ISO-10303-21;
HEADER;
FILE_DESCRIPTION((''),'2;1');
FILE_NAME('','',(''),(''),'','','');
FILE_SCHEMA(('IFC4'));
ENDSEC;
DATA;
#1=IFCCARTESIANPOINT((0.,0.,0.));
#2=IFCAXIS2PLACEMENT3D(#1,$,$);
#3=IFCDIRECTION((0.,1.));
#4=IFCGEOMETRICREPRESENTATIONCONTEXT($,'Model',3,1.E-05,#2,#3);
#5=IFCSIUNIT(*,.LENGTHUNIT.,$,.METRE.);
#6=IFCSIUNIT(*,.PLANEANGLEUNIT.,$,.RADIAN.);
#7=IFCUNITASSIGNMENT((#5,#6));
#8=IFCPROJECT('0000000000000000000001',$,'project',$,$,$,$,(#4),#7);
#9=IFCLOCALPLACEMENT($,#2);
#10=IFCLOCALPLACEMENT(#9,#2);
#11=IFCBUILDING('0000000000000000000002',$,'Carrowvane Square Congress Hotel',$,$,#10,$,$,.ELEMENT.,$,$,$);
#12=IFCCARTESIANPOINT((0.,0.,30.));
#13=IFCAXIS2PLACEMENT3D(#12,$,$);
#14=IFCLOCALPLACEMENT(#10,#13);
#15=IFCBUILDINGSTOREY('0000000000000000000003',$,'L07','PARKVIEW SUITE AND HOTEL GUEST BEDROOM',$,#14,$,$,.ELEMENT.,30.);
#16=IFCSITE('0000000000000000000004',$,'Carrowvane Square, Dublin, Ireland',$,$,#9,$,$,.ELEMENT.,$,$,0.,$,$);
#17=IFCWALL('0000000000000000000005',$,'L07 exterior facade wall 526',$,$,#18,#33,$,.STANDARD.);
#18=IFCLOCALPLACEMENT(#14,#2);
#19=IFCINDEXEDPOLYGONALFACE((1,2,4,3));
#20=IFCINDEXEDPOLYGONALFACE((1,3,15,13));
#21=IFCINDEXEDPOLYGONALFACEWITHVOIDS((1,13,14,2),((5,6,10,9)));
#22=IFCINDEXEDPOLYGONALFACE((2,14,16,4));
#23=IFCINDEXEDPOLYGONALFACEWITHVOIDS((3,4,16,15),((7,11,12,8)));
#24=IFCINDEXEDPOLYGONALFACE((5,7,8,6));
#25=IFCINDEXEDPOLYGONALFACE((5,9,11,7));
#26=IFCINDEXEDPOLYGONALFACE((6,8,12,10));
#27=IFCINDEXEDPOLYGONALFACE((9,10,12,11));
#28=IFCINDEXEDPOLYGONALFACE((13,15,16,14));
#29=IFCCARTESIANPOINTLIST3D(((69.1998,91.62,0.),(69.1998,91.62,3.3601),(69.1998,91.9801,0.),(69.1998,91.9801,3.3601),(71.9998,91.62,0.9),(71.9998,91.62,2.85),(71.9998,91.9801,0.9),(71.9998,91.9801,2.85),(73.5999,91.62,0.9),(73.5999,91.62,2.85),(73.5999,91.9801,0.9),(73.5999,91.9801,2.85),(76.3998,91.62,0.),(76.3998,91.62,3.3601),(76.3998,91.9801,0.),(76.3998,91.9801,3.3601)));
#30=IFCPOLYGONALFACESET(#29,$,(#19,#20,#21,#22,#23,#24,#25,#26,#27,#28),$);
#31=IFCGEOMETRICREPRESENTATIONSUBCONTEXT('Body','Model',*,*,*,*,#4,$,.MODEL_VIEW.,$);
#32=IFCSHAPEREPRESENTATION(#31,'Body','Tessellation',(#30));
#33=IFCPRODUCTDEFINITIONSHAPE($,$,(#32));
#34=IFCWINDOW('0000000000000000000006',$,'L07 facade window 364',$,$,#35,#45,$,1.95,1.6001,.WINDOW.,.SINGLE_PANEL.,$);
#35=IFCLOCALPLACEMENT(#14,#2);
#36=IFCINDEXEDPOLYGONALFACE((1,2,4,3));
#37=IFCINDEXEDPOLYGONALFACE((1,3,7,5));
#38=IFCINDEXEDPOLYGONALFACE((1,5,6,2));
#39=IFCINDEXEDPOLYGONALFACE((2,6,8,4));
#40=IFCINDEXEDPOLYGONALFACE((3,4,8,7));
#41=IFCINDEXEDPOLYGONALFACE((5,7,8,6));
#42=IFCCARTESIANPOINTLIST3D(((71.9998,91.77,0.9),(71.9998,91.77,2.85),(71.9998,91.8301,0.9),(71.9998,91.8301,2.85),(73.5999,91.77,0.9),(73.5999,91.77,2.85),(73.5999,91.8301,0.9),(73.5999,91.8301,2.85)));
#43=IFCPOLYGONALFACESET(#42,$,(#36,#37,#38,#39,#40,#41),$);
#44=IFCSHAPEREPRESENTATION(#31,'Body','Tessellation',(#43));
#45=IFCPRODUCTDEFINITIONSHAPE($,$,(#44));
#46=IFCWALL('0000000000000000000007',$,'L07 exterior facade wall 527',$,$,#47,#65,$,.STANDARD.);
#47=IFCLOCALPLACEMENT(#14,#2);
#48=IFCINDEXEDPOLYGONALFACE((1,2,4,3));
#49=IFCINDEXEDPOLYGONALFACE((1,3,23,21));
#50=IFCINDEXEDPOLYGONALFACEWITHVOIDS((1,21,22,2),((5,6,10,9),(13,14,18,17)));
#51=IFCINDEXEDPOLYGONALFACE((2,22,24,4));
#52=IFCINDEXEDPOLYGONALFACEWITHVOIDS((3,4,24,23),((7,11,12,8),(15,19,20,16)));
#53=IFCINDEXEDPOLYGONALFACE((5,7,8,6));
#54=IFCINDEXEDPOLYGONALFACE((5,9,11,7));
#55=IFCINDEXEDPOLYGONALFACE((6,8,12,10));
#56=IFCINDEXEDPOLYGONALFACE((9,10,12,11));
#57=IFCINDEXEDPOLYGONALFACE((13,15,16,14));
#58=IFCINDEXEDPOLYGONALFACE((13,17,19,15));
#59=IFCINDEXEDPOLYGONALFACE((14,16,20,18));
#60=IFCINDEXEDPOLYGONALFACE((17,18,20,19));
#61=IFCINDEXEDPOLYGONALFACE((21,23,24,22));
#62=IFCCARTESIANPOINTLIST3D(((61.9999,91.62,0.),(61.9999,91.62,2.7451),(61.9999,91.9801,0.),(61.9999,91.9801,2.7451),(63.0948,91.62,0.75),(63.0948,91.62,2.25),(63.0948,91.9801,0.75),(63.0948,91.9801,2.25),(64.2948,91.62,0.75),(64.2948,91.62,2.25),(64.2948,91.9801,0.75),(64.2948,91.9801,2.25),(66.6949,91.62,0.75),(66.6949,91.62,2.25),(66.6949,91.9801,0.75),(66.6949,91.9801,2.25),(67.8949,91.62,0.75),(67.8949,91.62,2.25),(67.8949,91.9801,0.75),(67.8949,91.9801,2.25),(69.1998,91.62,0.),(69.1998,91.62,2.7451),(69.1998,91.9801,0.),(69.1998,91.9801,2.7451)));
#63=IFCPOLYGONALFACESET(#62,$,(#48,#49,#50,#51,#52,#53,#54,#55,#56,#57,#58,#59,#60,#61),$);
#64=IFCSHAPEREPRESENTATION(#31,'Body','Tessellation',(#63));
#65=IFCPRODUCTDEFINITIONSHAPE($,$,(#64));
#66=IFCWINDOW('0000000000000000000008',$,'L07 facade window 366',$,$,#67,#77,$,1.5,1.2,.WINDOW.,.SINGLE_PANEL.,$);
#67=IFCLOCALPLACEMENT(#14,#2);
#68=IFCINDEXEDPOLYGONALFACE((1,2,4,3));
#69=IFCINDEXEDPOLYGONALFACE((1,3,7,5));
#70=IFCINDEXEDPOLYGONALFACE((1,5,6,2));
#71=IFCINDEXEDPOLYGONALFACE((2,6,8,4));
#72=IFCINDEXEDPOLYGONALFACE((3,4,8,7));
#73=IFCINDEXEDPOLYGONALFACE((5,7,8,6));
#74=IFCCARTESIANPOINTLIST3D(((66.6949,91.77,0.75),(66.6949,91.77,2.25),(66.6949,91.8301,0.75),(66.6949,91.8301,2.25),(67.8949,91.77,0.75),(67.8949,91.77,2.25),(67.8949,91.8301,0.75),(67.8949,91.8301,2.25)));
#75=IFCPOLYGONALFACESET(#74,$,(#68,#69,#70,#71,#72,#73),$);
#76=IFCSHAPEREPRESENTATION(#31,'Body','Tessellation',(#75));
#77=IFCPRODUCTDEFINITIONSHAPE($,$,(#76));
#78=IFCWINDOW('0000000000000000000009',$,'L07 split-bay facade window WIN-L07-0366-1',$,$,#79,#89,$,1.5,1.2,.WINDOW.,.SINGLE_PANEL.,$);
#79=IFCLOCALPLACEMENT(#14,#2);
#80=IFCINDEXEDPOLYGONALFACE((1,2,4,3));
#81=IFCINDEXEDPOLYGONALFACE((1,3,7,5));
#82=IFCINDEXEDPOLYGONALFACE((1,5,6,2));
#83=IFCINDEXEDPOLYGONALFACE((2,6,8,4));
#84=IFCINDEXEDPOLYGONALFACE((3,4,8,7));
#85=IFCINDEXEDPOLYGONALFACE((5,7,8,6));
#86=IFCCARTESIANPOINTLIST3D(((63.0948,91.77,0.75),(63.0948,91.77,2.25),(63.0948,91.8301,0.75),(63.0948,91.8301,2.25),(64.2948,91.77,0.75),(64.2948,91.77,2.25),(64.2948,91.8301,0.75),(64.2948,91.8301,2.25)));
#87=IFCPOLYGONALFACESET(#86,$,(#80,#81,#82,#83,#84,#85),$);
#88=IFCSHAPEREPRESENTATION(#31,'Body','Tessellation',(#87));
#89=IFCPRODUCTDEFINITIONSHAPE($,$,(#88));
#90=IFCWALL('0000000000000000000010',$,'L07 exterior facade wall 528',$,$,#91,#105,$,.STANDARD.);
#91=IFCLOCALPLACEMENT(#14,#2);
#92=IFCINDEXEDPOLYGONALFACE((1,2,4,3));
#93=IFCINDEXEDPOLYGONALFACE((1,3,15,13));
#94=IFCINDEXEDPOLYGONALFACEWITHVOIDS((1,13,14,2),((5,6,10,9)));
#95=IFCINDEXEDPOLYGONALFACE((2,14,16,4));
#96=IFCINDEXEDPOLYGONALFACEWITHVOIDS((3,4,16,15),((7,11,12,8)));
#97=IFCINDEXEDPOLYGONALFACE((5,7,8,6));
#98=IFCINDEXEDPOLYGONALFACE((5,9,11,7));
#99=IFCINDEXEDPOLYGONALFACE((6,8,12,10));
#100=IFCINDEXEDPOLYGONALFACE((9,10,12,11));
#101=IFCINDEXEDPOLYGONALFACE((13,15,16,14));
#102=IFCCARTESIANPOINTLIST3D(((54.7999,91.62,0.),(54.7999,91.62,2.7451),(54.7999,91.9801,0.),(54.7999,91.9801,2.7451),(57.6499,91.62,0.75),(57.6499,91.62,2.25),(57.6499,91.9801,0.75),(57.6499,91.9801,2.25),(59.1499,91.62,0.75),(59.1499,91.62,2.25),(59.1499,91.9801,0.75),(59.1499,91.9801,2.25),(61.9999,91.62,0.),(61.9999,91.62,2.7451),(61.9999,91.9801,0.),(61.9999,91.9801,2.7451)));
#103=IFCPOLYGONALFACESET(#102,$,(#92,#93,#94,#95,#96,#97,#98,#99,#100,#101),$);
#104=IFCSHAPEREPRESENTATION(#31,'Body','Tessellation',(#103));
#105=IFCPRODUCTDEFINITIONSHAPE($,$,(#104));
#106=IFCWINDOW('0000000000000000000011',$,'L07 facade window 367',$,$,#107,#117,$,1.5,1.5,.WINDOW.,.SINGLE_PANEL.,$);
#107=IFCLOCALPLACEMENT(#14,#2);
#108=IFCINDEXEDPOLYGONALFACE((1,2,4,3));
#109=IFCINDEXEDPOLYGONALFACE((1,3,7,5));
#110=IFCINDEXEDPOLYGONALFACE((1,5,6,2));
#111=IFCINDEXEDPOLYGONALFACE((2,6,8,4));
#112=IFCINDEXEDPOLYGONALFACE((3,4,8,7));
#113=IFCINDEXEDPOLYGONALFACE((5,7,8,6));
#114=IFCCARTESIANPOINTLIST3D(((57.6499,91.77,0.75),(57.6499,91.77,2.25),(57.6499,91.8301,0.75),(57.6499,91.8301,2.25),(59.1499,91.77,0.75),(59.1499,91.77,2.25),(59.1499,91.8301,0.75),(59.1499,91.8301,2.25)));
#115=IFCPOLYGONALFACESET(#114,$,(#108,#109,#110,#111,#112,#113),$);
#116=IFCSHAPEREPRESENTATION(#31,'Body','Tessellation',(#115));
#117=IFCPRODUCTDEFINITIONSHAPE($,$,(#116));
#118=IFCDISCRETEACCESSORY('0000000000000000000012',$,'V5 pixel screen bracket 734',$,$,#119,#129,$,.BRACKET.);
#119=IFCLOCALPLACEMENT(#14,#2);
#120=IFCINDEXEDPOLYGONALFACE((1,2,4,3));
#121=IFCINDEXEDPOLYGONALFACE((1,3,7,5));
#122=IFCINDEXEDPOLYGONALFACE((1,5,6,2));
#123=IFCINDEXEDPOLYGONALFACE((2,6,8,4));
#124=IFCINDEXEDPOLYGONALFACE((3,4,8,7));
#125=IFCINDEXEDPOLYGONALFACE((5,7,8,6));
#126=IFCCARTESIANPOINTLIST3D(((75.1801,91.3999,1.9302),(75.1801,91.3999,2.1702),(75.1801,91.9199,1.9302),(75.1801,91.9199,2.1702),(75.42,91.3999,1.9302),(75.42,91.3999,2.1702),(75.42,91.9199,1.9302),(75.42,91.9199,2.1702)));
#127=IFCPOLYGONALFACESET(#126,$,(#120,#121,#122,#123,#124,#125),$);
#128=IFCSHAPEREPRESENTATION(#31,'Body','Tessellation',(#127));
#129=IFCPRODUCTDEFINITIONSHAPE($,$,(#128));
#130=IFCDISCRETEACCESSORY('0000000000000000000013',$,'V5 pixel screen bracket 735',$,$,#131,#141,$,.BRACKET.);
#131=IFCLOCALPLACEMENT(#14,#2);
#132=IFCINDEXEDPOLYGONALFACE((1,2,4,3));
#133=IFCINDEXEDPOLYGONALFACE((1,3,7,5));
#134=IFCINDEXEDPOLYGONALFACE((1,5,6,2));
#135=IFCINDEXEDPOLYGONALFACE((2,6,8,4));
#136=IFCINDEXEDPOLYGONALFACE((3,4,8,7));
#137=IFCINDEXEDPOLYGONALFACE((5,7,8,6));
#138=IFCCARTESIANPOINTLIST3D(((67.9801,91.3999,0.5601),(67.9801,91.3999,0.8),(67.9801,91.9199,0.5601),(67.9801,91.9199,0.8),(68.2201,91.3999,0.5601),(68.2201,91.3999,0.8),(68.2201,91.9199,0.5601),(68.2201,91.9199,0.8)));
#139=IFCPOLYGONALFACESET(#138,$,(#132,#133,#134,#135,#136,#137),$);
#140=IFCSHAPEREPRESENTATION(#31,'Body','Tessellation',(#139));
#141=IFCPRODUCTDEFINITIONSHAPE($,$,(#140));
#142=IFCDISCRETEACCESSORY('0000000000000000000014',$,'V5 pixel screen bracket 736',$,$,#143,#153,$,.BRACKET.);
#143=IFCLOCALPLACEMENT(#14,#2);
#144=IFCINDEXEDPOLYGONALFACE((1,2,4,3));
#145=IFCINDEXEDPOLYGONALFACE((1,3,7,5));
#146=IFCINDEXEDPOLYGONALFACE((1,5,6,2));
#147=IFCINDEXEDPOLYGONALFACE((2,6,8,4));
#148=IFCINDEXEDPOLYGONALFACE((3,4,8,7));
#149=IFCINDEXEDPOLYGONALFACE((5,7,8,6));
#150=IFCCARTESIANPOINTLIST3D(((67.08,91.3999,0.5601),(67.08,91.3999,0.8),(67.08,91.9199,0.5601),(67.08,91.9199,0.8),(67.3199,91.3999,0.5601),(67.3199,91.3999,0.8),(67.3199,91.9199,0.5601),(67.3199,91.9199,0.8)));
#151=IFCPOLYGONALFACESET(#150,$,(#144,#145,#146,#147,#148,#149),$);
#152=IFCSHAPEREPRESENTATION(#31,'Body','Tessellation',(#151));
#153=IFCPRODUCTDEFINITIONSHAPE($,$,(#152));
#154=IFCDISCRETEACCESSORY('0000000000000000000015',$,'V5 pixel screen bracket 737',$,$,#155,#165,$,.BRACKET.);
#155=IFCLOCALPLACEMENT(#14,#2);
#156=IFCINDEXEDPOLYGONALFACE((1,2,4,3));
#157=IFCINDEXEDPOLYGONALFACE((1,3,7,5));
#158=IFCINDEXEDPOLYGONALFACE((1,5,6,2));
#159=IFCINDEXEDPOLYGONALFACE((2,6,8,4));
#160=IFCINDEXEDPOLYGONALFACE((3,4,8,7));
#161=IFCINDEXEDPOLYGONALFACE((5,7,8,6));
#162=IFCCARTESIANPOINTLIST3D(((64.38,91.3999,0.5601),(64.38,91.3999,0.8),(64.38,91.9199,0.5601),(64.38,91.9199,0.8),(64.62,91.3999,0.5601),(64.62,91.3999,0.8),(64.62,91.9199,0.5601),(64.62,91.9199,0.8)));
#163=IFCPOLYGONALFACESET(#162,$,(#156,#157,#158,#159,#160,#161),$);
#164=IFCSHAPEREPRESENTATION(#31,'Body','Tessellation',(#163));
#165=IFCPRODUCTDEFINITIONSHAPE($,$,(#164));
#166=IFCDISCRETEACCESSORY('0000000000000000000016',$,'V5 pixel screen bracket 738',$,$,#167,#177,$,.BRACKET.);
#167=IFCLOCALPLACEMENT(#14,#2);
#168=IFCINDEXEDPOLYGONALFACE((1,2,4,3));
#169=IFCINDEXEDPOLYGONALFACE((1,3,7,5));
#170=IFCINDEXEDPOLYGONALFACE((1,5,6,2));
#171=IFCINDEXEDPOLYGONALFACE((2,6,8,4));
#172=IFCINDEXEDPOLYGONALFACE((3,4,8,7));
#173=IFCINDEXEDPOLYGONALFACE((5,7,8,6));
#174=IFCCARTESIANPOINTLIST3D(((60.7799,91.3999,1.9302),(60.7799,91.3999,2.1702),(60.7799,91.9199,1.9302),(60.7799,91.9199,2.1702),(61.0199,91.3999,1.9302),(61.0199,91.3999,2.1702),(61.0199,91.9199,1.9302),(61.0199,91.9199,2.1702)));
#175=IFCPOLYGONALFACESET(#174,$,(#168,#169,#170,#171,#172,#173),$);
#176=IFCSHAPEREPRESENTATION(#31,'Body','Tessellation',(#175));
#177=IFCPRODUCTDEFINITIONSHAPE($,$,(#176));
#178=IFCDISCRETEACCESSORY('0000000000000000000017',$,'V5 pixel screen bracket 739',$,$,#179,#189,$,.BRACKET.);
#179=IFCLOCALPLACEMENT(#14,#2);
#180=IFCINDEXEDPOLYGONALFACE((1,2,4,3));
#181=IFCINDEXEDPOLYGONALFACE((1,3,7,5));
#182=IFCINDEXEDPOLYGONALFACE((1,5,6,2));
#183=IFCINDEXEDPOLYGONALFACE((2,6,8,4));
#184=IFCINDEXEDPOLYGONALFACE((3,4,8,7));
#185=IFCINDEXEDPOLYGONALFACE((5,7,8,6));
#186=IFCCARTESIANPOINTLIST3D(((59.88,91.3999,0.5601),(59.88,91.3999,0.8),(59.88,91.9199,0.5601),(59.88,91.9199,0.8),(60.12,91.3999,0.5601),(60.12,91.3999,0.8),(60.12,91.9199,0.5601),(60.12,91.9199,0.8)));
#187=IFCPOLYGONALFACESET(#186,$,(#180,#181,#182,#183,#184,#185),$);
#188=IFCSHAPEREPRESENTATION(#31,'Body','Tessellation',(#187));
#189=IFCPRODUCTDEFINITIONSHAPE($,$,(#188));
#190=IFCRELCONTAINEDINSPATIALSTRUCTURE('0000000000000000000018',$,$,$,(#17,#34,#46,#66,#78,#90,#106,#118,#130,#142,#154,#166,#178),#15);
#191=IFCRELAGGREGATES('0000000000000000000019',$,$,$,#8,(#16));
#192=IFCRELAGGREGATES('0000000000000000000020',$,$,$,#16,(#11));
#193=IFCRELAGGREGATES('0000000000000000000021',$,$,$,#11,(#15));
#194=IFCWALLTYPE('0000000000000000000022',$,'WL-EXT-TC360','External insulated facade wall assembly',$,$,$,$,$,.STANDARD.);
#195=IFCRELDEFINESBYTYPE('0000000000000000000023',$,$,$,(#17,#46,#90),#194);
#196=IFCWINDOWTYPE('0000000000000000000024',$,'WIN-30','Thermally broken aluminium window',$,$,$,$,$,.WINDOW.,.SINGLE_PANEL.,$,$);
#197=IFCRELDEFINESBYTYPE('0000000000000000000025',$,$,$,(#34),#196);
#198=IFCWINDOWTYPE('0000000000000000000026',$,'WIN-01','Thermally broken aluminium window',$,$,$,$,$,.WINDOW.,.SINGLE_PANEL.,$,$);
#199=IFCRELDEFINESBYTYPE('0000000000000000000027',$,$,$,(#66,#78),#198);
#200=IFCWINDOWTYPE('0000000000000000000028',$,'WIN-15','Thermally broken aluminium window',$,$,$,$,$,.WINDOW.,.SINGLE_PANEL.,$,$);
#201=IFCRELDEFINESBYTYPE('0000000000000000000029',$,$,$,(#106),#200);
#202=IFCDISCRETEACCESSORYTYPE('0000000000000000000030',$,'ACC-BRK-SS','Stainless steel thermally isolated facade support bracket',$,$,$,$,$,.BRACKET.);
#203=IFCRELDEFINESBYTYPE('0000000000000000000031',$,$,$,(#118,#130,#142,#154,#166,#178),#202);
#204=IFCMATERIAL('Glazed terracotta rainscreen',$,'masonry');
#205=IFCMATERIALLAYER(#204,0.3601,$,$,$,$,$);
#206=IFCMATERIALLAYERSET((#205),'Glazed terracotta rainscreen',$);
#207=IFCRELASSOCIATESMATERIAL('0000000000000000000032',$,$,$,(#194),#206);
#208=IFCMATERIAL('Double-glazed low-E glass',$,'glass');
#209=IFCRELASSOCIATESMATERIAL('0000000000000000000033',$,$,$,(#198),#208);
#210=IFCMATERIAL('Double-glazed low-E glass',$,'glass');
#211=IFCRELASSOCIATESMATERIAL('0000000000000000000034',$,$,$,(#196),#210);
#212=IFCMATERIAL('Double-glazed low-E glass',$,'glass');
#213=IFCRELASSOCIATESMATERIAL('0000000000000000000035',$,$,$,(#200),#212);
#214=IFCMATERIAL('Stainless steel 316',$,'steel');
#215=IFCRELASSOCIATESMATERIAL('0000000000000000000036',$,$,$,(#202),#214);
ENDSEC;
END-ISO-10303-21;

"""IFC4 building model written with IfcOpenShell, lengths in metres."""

from ifc_helpers import new_model, si_unit, direction, frame, frame_2d, origin, origin_2d, place, context, subcontext, project, spatial, rectangle, extrude, material, layer, layer_set, type_object, element, fill, save


model = new_model("IFC4")

# Units and contexts
model_context = context("Model", 3, precision=1e-05, world=origin(), true_north=direction((0.0, 1.0)))
body_context = subcontext(model_context, "Body", "Model", "MODEL_VIEW")
ifc_project = project(units=[si_unit("LENGTHUNIT", "METRE"), si_unit("PLANEANGLEUNIT", "RADIAN")], contexts=[model_context])

# Site, building, storey
site_placement = place(None, origin())
site = spatial("IfcSite", under=ifc_project, at=site_placement, Name="Carrowvane Square, Dublin, Ireland", CompositionType="ELEMENT", RefElevation=0.0)
building_placement = place(site_placement, origin())
building = spatial("IfcBuilding", under=site, at=building_placement, Name="Carrowvane Square Congress Hotel", CompositionType="ELEMENT")
storey_placement = place(building_placement, frame((0.0, 0.0, 30.0)))
storey = spatial("IfcBuildingStorey", under=building, at=storey_placement, Name="L07", Description="PARKVIEW SUITE AND HOTEL GUEST BEDROOM", CompositionType="ELEMENT", Elevation=30.0)

# Shared definitions
ifc_material_1 = material(Name="Glazed terracotta rainscreen", Category="masonry")
ifc_layer_1 = layer(ifc_material_1, 0.3601)
ifc_layer_set_1 = layer_set([ifc_layer_1], Name="Glazed terracotta rainscreen")
wall_type = type_object("IfcWallType", Name="WL-EXT-TC360", Description="External insulated facade wall assembly", PredefinedType="STANDARD", material=ifc_layer_set_1)
ifc_material_2 = material(Name="Double-glazed low-E glass", Category="glass")
window_type_1 = type_object("IfcWindowType", Name="WIN-01", Description="Thermally broken aluminium window", PartitioningType="SINGLE_PANEL", PredefinedType="WINDOW", material=ifc_material_2)

# Wall, opening, window
wall_1_placement = place(storey_placement, frame((76.3999, 91.8, 0.0), z_axis=(0.0, 0.0, 1.0), x_axis=(-1.0, 0.0, 0.0)))
wall_1 = element("IfcWall", 1, at=wall_1_placement, inside=storey, type_object=wall_type, Name="L07 exterior facade wall 526", PredefinedType="STANDARD", context=body_context, shape_type="SweptSolid", body=[
    extrude(rectangle(XDim=7.2, YDim=0.3601, at=frame_2d((3.6001, 0.0))), origin(), (0.0, 0.0, 1.0), 3.3601),
])
opening_1_placement = place(wall_1_placement, frame((2.8, 0.0, 0.8999)))
opening_1 = element("IfcOpeningElement", 2, at=opening_1_placement, cuts=wall_1, PredefinedType="OPENING", context=body_context, shape_type="SweptSolid", body=[
    extrude(rectangle(XDim=1.6001, YDim=1.95, at=frame_2d((0.8, 0.9751))), frame((0.0, 0.1899, 0.0), z_axis=(0.0, -1.0, 0.0), x_axis=(1.0, 0.0, 0.0)), (0.0, 0.0, 1.0), 0.3801),
])
ifc_material_3 = material(Name="Double-glazed low-E glass", Category="glass")
window_type_2 = type_object("IfcWindowType", Name="WIN-30", Description="Thermally broken aluminium window", PartitioningType="SINGLE_PANEL", PredefinedType="WINDOW", material=ifc_material_3)
window_1_placement = place(opening_1_placement, origin())
window_1 = element("IfcWindow", 3, at=window_1_placement, inside=storey, type_object=window_type_2, Name="L07 facade window 364", OverallHeight=1.95, OverallWidth=1.6001, PartitioningType="SINGLE_PANEL", PredefinedType="WINDOW", context=body_context, shape_type="SweptSolid", body=[
    extrude(rectangle(XDim=1.6001, YDim=1.95, at=frame_2d((0.8, 0.9751))), frame((0.0, 0.03, 0.0), z_axis=(0.0, -1.0, 0.0), x_axis=(1.0, 0.0, 0.0)), (0.0, 0.0, 1.0), 0.0601),
])
fill(opening_1, window_1)

# Wall, openings, windows
wall_2_placement = place(storey_placement, frame((69.2, 91.8, 0.0), z_axis=(0.0, 0.0, 1.0), x_axis=(-1.0, 0.0, 0.0)))
wall_2 = element("IfcWall", 4, at=wall_2_placement, inside=storey, type_object=wall_type, Name="L07 exterior facade wall 527", PredefinedType="STANDARD", context=body_context, shape_type="SweptSolid", body=[
    extrude(rectangle(XDim=7.2, YDim=0.3601, at=frame_2d((3.6001, 0.0))), origin(), (0.0, 0.0, 1.0), 2.7451),
])
opening_2_placement = place(wall_2_placement, frame((1.3049, 0.0, 0.75)))
opening_2 = element("IfcOpeningElement", 5, at=opening_2_placement, cuts=wall_2, PredefinedType="OPENING", context=body_context, shape_type="SweptSolid", body=[
    extrude(rectangle(XDim=1.2, YDim=1.5, at=frame_2d((0.6001, 0.75))), frame((0.0, 0.1899, 0.0), z_axis=(0.0, -1.0, 0.0), x_axis=(1.0, 0.0, 0.0)), (0.0, 0.0, 1.0), 0.3801),
])
opening_3_placement = place(wall_2_placement, frame((4.905, 0.0, 0.75)))
opening_3 = element("IfcOpeningElement", 6, at=opening_3_placement, cuts=wall_2, PredefinedType="OPENING", context=body_context, shape_type="SweptSolid", body=[
    extrude(rectangle(XDim=1.2, YDim=1.5, at=frame_2d((0.6001, 0.75))), frame((0.0, 0.1899, 0.0), z_axis=(0.0, -1.0, 0.0), x_axis=(1.0, 0.0, 0.0)), (0.0, 0.0, 1.0), 0.3801),
])
window_2_placement = place(opening_2_placement, origin())
window_2 = element("IfcWindow", 7, at=window_2_placement, inside=storey, type_object=window_type_1, Name="L07 facade window 366", OverallHeight=1.5, OverallWidth=1.2, PartitioningType="SINGLE_PANEL", PredefinedType="WINDOW", context=body_context, shape_type="SweptSolid", body=[
    extrude(rectangle(XDim=1.2, YDim=1.5, at=frame_2d((0.6001, 0.75))), frame((0.0, 0.03, 0.0), z_axis=(0.0, -1.0, 0.0), x_axis=(1.0, 0.0, 0.0)), (0.0, 0.0, 1.0), 0.0601),
])
fill(opening_2, window_2)
window_3_placement = place(opening_3_placement, origin())
window_3 = element("IfcWindow", 8, at=window_3_placement, inside=storey, type_object=window_type_1, Name="L07 split-bay facade window WIN-L07-0366-1", OverallHeight=1.5, OverallWidth=1.2, PartitioningType="SINGLE_PANEL", PredefinedType="WINDOW", context=body_context, shape_type="SweptSolid", body=[
    extrude(rectangle(XDim=1.2, YDim=1.5, at=frame_2d((0.6001, 0.75))), frame((0.0, 0.03, 0.0), z_axis=(0.0, -1.0, 0.0), x_axis=(1.0, 0.0, 0.0)), (0.0, 0.0, 1.0), 0.0601),
])
fill(opening_3, window_3)

# Wall, opening, window
wall_3_placement = place(storey_placement, frame((62.0, 91.8, 0.0), z_axis=(0.0, 0.0, 1.0), x_axis=(-1.0, 0.0, 0.0)))
wall_3 = element("IfcWall", 9, at=wall_3_placement, inside=storey, type_object=wall_type, Name="L07 exterior facade wall 528", PredefinedType="STANDARD", context=body_context, shape_type="SweptSolid", body=[
    extrude(rectangle(XDim=7.2, YDim=0.3601, at=frame_2d((3.6001, 0.0))), origin(), (0.0, 0.0, 1.0), 2.7451),
])
opening_4_placement = place(wall_3_placement, frame((2.8501, 0.0, 0.75)))
opening_4 = element("IfcOpeningElement", 10, at=opening_4_placement, cuts=wall_3, PredefinedType="OPENING", context=body_context, shape_type="SweptSolid", body=[
    extrude(rectangle(XDim=1.5, YDim=1.5, at=frame_2d((0.75, 0.75))), frame((0.0, 0.1899, 0.0), z_axis=(0.0, -1.0, 0.0), x_axis=(1.0, 0.0, 0.0)), (0.0, 0.0, 1.0), 0.3801),
])
ifc_material_4 = material(Name="Double-glazed low-E glass", Category="glass")
window_type_3 = type_object("IfcWindowType", Name="WIN-15", Description="Thermally broken aluminium window", PartitioningType="SINGLE_PANEL", PredefinedType="WINDOW", material=ifc_material_4)
window_4_placement = place(opening_4_placement, origin())
window_4 = element("IfcWindow", 11, at=window_4_placement, inside=storey, type_object=window_type_3, Name="L07 facade window 367", OverallHeight=1.5, OverallWidth=1.5, PartitioningType="SINGLE_PANEL", PredefinedType="WINDOW", context=body_context, shape_type="SweptSolid", body=[
    extrude(rectangle(XDim=1.5, YDim=1.5, at=frame_2d((0.75, 0.75))), frame((0.0, 0.03, 0.0), z_axis=(0.0, -1.0, 0.0), x_axis=(1.0, 0.0, 0.0)), (0.0, 0.0, 1.0), 0.0601),
])
fill(opening_4, window_4)

# Discrete accessories
ifc_material_5 = material(Name="Stainless steel 316", Category="steel")
discrete_accessory_type = type_object("IfcDiscreteAccessoryType", Name="ACC-BRK-SS", Description="Stainless steel thermally isolated facade support bracket", PredefinedType="BRACKET", material=ifc_material_5)
for number, where, z_axis, x_axis, name in (
    (12, (75.3, 91.6599, 1.9302), (0.0, 0.0, 1.0), (-1.0, 0.0, 0.0), "V5 pixel screen bracket 734"),
    (13, (68.1001, 91.6599, 0.5601), (0.0, 0.0, 1.0), (-1.0, 0.0, 0.0), "V5 pixel screen bracket 735"),
    (14, (67.2, 91.6599, 0.5601), (0.0, 0.0, 1.0), (-1.0, 0.0, 0.0), "V5 pixel screen bracket 736"),
    (15, (64.5, 91.6599, 0.5601), (0.0, 0.0, 1.0), (-1.0, 0.0, 0.0), "V5 pixel screen bracket 737"),
    (16, (60.8999, 91.6599, 1.9302), (0.0, 0.0, 1.0), (-1.0, 0.0, 0.0), "V5 pixel screen bracket 738"),
    (17, (60.0, 91.6599, 0.5601), (0.0, 0.0, 1.0), (-1.0, 0.0, 0.0), "V5 pixel screen bracket 739"),
):
    element("IfcDiscreteAccessory", number, at=place(storey_placement, frame(where, z_axis=z_axis, x_axis=x_axis)), inside=storey, type_object=discrete_accessory_type, Name=name, PredefinedType="BRACKET", context=body_context, shape_type="SweptSolid", body=[
        extrude(rectangle(XDim=0.24, YDim=0.52, at=origin_2d()), origin(), (0.0, 0.0, 1.0), 0.24),
    ])

save(model, "model.ifc")
